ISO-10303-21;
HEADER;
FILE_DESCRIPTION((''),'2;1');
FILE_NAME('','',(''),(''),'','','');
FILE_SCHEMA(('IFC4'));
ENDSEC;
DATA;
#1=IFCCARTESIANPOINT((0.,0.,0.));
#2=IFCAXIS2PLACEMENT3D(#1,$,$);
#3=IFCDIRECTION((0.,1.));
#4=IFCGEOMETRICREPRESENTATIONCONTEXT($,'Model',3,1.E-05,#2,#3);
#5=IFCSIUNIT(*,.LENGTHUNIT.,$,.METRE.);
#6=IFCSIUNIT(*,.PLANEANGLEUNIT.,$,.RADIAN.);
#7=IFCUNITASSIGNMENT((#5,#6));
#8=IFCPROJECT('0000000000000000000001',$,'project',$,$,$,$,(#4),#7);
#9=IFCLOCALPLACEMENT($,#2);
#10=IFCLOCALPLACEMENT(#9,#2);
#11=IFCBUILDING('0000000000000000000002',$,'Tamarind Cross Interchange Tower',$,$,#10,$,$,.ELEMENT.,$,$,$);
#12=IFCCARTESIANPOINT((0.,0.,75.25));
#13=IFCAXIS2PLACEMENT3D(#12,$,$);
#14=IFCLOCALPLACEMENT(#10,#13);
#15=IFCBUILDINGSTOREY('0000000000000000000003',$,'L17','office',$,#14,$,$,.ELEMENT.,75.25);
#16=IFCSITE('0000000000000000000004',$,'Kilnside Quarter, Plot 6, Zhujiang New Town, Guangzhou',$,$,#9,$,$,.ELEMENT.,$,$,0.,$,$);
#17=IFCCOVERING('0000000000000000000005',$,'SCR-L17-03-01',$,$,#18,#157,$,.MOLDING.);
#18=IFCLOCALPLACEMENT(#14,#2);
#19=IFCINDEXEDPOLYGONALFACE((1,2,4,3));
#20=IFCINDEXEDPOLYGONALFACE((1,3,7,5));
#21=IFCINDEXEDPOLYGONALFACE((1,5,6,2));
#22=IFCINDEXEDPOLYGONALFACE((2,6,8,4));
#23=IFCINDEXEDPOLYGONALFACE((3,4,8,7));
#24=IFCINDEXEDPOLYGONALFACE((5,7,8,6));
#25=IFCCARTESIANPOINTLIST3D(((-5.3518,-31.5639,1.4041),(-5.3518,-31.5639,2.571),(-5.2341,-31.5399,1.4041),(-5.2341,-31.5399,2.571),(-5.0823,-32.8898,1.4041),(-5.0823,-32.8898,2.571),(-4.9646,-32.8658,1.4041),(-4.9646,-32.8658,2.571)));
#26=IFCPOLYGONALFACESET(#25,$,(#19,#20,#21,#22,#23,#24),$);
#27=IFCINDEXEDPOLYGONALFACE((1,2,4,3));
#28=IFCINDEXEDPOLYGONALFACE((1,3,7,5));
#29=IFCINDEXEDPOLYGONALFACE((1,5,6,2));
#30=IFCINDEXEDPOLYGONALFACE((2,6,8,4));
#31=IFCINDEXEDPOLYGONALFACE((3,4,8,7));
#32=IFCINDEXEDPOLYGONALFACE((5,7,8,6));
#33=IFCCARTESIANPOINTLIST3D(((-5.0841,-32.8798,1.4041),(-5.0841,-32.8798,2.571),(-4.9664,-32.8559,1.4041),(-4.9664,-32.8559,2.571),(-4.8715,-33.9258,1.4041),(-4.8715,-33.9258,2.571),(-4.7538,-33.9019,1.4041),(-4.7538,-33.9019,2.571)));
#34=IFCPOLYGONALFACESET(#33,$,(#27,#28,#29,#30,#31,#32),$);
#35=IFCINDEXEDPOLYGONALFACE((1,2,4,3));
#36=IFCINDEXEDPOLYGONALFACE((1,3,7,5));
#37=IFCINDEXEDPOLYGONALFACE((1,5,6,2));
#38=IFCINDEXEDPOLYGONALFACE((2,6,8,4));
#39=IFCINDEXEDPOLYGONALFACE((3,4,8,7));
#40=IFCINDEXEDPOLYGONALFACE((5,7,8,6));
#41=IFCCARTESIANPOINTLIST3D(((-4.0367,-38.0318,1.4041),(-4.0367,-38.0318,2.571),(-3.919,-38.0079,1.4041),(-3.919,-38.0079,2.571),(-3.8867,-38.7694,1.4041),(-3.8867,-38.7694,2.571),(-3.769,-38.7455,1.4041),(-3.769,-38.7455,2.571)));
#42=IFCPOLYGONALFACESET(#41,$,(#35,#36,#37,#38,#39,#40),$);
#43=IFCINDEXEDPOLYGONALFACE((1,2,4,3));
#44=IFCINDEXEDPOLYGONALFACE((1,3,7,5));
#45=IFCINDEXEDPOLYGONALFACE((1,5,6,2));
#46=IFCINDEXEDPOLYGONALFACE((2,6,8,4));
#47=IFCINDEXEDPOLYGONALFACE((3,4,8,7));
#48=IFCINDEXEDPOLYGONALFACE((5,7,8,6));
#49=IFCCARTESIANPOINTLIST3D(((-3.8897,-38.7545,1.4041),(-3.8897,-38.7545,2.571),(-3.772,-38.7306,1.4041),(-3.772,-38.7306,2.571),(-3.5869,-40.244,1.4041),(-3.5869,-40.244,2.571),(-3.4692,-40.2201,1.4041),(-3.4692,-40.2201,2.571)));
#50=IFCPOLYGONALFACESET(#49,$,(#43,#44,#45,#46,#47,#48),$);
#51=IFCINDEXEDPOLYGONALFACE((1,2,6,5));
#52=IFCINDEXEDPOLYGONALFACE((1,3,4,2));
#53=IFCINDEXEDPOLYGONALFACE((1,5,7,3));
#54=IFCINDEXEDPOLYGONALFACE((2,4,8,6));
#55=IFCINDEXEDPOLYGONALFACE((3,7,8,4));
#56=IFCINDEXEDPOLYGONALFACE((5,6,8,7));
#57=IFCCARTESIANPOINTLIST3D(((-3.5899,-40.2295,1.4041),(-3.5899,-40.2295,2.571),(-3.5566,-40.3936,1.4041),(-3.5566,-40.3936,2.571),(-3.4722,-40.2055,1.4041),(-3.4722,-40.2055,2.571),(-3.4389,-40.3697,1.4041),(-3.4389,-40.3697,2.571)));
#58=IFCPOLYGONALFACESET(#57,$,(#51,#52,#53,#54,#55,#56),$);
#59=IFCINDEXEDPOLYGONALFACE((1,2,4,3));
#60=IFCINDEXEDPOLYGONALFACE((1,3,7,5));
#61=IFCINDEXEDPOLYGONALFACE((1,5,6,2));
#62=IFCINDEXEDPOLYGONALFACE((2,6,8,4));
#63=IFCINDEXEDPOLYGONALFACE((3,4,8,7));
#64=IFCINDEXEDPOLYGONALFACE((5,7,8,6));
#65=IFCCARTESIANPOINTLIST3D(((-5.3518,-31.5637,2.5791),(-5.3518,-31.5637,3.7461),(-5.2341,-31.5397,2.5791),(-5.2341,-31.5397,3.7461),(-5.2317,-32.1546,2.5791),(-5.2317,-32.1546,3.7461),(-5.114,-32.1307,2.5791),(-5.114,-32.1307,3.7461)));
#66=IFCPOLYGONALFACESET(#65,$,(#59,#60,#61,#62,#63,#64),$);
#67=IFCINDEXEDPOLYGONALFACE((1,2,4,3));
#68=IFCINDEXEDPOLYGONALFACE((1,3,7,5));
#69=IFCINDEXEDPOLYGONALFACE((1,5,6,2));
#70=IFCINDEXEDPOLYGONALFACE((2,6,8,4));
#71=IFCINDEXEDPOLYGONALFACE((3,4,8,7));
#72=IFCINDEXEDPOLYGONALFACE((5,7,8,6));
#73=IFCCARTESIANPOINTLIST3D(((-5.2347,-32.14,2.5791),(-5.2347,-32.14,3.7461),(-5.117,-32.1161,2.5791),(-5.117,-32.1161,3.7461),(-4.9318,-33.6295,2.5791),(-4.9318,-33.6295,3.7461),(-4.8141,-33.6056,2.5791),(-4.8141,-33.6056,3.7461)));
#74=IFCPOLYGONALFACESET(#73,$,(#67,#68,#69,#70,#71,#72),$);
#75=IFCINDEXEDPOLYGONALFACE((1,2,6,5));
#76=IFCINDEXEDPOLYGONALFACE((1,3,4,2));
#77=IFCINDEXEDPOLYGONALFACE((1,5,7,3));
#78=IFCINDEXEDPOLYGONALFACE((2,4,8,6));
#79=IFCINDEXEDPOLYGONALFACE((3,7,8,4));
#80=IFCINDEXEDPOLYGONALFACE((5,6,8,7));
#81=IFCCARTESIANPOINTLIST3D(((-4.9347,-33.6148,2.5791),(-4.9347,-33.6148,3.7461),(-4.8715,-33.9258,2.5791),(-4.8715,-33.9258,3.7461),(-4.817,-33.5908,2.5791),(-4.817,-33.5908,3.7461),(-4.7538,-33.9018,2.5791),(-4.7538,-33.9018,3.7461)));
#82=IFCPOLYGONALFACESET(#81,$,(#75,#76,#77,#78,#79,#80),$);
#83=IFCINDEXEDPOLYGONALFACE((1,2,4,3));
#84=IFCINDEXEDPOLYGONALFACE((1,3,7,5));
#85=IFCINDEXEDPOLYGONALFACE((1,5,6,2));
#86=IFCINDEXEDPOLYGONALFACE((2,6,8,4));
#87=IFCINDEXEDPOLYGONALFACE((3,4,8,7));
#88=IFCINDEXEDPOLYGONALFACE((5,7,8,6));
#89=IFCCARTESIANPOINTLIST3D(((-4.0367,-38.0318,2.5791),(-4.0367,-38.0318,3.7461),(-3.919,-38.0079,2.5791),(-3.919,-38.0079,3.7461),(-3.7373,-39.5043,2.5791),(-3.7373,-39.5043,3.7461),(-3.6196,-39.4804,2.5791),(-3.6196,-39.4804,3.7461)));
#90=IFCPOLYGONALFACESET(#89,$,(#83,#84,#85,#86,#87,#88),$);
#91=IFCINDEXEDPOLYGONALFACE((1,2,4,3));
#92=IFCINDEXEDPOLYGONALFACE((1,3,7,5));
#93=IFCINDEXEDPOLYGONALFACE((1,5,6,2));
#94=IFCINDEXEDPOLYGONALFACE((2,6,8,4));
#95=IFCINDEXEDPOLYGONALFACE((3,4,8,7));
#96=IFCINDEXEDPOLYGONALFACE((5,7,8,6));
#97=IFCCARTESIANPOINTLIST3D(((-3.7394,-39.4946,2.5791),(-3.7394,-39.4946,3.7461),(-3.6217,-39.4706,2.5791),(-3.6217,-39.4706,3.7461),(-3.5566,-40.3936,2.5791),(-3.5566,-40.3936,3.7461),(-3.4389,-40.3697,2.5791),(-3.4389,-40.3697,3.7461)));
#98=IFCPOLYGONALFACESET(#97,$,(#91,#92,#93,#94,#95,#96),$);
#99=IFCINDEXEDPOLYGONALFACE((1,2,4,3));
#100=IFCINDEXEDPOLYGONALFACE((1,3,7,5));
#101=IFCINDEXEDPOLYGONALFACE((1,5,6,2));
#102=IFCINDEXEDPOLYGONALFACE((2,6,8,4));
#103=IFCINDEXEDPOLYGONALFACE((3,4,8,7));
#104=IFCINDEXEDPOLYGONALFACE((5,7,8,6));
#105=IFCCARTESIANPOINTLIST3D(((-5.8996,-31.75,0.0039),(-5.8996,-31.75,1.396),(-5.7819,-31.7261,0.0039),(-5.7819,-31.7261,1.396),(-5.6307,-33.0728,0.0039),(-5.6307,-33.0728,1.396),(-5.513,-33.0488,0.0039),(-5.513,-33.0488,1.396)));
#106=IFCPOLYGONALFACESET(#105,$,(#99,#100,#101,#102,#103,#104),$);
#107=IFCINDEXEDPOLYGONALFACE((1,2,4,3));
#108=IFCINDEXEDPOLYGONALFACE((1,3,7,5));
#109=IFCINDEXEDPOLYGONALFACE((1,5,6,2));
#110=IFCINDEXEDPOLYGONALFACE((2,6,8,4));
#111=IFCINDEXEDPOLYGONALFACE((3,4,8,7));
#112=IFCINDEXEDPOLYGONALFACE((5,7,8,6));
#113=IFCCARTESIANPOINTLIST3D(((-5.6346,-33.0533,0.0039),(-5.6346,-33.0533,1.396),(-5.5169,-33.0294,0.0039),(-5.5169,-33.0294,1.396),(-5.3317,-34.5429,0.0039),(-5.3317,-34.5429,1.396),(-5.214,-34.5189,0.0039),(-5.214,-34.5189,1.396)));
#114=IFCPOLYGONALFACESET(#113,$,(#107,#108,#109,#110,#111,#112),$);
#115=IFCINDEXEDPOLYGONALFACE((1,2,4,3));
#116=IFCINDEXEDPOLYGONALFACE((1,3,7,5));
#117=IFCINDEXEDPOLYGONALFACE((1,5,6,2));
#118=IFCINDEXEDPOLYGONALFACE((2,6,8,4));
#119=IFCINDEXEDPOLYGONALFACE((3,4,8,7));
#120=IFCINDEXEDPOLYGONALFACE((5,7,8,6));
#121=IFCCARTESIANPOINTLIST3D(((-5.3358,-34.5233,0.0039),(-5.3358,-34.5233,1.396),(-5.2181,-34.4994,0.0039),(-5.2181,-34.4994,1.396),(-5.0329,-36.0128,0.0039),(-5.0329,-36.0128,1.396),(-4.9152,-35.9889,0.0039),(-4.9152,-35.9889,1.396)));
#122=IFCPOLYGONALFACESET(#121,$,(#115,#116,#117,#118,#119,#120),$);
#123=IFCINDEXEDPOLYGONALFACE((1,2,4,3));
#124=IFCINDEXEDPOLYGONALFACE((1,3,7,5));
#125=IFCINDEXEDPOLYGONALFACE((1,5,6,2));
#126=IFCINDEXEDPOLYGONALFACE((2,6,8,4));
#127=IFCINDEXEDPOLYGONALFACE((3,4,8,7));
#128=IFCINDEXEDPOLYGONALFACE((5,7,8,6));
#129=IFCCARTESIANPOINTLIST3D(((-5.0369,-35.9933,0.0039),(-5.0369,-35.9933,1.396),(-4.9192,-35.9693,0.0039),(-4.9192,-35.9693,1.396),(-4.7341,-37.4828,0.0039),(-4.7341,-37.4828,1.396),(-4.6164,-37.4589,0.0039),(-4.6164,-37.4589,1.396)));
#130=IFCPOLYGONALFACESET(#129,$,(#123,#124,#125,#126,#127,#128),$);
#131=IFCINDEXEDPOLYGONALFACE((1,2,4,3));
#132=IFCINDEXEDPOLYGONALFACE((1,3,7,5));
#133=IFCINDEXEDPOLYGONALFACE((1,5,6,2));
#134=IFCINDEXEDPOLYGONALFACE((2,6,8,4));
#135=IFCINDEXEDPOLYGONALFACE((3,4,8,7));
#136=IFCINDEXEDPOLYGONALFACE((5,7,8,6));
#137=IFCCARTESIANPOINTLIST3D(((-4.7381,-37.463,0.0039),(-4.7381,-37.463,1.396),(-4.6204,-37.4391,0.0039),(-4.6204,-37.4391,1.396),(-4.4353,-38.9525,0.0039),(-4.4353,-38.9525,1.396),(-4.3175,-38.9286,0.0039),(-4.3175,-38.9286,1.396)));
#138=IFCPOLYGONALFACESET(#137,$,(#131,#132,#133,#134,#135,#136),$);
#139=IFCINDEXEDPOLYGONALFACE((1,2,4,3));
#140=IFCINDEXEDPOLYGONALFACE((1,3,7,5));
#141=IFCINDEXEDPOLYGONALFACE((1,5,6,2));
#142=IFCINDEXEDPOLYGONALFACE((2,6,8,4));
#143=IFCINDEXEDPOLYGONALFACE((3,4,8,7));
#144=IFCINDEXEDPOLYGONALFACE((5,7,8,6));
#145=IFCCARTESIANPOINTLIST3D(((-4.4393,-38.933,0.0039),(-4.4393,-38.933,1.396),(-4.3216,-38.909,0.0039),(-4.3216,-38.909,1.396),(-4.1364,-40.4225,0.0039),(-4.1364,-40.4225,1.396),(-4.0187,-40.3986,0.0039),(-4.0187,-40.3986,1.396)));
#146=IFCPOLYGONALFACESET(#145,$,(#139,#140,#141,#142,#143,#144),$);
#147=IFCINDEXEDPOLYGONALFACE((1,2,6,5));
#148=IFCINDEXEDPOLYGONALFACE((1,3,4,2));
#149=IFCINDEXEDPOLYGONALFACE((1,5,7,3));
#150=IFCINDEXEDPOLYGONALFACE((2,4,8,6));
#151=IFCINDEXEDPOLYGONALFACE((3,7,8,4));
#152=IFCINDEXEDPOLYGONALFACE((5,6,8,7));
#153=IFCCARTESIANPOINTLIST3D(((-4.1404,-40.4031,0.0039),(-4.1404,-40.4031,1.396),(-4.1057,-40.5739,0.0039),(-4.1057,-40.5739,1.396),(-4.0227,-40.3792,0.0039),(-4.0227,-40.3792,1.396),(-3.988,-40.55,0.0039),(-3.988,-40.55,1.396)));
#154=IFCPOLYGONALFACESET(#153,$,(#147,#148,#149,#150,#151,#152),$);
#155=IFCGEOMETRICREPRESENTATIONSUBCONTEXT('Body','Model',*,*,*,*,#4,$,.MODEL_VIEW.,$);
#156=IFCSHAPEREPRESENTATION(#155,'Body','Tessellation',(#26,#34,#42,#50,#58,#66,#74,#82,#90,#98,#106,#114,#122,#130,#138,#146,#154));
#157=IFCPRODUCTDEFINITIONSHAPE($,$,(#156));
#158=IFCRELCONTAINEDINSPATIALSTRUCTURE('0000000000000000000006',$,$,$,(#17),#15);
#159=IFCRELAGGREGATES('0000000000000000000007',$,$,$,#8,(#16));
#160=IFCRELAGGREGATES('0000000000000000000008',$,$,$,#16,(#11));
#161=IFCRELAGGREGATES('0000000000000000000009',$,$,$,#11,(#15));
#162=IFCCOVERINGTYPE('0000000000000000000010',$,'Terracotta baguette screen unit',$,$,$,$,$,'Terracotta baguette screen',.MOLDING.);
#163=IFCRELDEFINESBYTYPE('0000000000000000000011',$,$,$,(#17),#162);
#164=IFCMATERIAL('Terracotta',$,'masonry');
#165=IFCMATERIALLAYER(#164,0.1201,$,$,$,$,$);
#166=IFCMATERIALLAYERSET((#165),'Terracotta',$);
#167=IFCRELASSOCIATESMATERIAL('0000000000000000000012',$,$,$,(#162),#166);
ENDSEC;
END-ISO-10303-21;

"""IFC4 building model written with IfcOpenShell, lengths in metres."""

from ifc_helpers import new_model, si_unit, direction, frame, origin, origin_2d, place, context, subcontext, project, spatial, rectangle, extrude, material, layer, layer_set, type_object, element, save


model = new_model("IFC4")

# Units and contexts
model_context = context("Model", 3, precision=1e-05, world=origin(), true_north=direction((0.0, 1.0)))
body_context = subcontext(model_context, "Body", "Model", "MODEL_VIEW")
ifc_project = project(units=[si_unit("LENGTHUNIT", "METRE"), si_unit("PLANEANGLEUNIT", "RADIAN")], contexts=[model_context])

# Site, building, storey
site_placement = place(None, origin())
site = spatial("IfcSite", under=ifc_project, at=site_placement, Name="Kilnside Quarter, Plot 6, Zhujiang New Town, Guangzhou", CompositionType="ELEMENT", RefElevation=0.0)
building_placement = place(site_placement, origin())
building = spatial("IfcBuilding", under=site, at=building_placement, Name="Tamarind Cross Interchange Tower", CompositionType="ELEMENT")
storey_placement = place(building_placement, frame((0.0, 0.0, 75.25)))
storey = spatial("IfcBuildingStorey", under=building, at=storey_placement, Name="L17", Description="office", CompositionType="ELEMENT", Elevation=75.25)

# Covering
ifc_material_1 = material(Name="Terracotta", Category="masonry")
ifc_layer_1 = layer(ifc_material_1, 0.1201)
ifc_layer_set_1 = layer_set([ifc_layer_1], Name="Terracotta")
covering_type = type_object("IfcCoveringType", Name="Terracotta baguette screen unit", ElementType="Terracotta baguette screen", PredefinedType="MOLDING", material=ifc_layer_set_1)
covering_1_placement = place(storey_placement, origin())
element("IfcCovering", 1, at=covering_1_placement, inside=storey, type_object=covering_type, Name="SCR-L17-03-01", PredefinedType="MOLDING", context=body_context, shape_type="SweptSolid", body=[
    extrude(rectangle(XDim=1.353, YDim=0.1201, at=origin_2d()), frame((-5.1582, -32.2148, 1.4041), z_axis=(0.0, 0.0, 1.0), x_axis=(0.199245, -0.97995, 0.0)), (0.0, 0.0, 1.0), 1.167),
    extrude(rectangle(XDim=1.0674, YDim=0.1201, at=origin_2d()), frame((-4.9189, -33.3909, 1.4041), z_axis=(0.0, 0.0, 1.0), x_axis=(0.199245, -0.97995, 0.0)), (0.0, 0.0, 1.0), 1.167),
    extrude(rectangle(XDim=0.7527, YDim=0.1201, at=origin_2d()), frame((-3.9028, -38.3887, 1.4041), z_axis=(0.0, 0.0, 1.0), x_axis=(0.199245, -0.97995, 0.0)), (0.0, 0.0, 1.0), 1.167),
    extrude(rectangle(XDim=1.52, YDim=0.1201, at=origin_2d()), frame((-3.6794, -39.4873, 1.4041), z_axis=(0.0, 0.0, 1.0), x_axis=(0.199245, -0.97995, 0.0)), (0.0, 0.0, 1.0), 1.167),
    extrude(rectangle(XDim=0.1675, YDim=0.1201, at=origin_2d()), frame((-3.5144, -40.2996, 1.4041), z_axis=(0.0, 0.0, 1.0), x_axis=(0.199245, -0.97995, 0.0)), (0.0, 0.0, 1.0), 1.167),
    extrude(rectangle(XDim=0.603, YDim=0.1201, at=origin_2d()), frame((-5.2329, -31.8472, 2.5791), z_axis=(0.0, 0.0, 1.0), x_axis=(0.199245, -0.97995, 0.0)), (0.0, 0.0, 1.0), 1.167),
    extrude(rectangle(XDim=1.52, YDim=0.1201, at=origin_2d()), frame((-5.0244, -32.8728, 2.5791), z_axis=(0.0, 0.0, 1.0), x_axis=(0.199245, -0.97995, 0.0)), (0.0, 0.0, 1.0), 1.167),
    extrude(rectangle(XDim=0.3174, YDim=0.1201, at=origin_2d()), frame((-4.8442, -33.7583, 2.5791), z_axis=(0.0, 0.0, 1.0), x_axis=(0.199245, -0.97995, 0.0)), (0.0, 0.0, 1.0), 1.167),
    extrude(rectangle(XDim=1.5027, YDim=0.1201, at=origin_2d()), frame((-3.8281, -38.7561, 2.5791), z_axis=(0.0, 0.0, 1.0), x_axis=(0.199245, -0.97995, 0.0)), (0.0, 0.0, 1.0), 1.167),
    extrude(rectangle(XDim=0.9175, YDim=0.1201, at=origin_2d()), frame((-3.5891, -39.9321, 2.5791), z_axis=(0.0, 0.0, 1.0), x_axis=(0.199245, -0.97995, 0.0)), (0.0, 0.0, 1.0), 1.167),
    extrude(rectangle(XDim=1.3499, YDim=0.1201, at=origin_2d()), frame((-5.7063, -32.3994, 0.0039), z_axis=(0.0, 0.0, 1.0), x_axis=(0.199245, -0.97995, 0.0)), (0.0, 0.0, 1.0), 1.3921),
    extrude(rectangle(XDim=1.52, YDim=0.1201, at=origin_2d()), frame((-5.4243, -33.7861, 0.0039), z_axis=(0.0, 0.0, 1.0), x_axis=(0.199245, -0.97995, 0.0)), (0.0, 0.0, 1.0), 1.3921),
    extrude(rectangle(XDim=1.52, YDim=0.1201, at=origin_2d()), frame((-5.1255, -35.2561, 0.0039), z_axis=(0.0, 0.0, 1.0), x_axis=(0.199245, -0.97995, 0.0)), (0.0, 0.0, 1.0), 1.3921),
    extrude(rectangle(XDim=1.52, YDim=0.1201, at=origin_2d()), frame((-4.8267, -36.7261, 0.0039), z_axis=(0.0, 0.0, 1.0), x_axis=(0.199245, -0.97995, 0.0)), (0.0, 0.0, 1.0), 1.3921),
    extrude(rectangle(XDim=1.52, YDim=0.1201, at=origin_2d()), frame((-4.5278, -38.1958, 0.0039), z_axis=(0.0, 0.0, 1.0), x_axis=(0.199245, -0.97995, 0.0)), (0.0, 0.0, 1.0), 1.3921),
    extrude(rectangle(XDim=1.52, YDim=0.1201, at=origin_2d()), frame((-4.229, -39.6658, 0.0039), z_axis=(0.0, 0.0, 1.0), x_axis=(0.199245, -0.97995, 0.0)), (0.0, 0.0, 1.0), 1.3921),
    extrude(rectangle(XDim=0.1743, YDim=0.1201, at=origin_2d()), frame((-4.0642, -40.4766, 0.0039), z_axis=(0.0, 0.0, 1.0), x_axis=(0.199245, -0.97995, 0.0)), (0.0, 0.0, 1.0), 1.3921),
])

save(model, "model.ifc")
